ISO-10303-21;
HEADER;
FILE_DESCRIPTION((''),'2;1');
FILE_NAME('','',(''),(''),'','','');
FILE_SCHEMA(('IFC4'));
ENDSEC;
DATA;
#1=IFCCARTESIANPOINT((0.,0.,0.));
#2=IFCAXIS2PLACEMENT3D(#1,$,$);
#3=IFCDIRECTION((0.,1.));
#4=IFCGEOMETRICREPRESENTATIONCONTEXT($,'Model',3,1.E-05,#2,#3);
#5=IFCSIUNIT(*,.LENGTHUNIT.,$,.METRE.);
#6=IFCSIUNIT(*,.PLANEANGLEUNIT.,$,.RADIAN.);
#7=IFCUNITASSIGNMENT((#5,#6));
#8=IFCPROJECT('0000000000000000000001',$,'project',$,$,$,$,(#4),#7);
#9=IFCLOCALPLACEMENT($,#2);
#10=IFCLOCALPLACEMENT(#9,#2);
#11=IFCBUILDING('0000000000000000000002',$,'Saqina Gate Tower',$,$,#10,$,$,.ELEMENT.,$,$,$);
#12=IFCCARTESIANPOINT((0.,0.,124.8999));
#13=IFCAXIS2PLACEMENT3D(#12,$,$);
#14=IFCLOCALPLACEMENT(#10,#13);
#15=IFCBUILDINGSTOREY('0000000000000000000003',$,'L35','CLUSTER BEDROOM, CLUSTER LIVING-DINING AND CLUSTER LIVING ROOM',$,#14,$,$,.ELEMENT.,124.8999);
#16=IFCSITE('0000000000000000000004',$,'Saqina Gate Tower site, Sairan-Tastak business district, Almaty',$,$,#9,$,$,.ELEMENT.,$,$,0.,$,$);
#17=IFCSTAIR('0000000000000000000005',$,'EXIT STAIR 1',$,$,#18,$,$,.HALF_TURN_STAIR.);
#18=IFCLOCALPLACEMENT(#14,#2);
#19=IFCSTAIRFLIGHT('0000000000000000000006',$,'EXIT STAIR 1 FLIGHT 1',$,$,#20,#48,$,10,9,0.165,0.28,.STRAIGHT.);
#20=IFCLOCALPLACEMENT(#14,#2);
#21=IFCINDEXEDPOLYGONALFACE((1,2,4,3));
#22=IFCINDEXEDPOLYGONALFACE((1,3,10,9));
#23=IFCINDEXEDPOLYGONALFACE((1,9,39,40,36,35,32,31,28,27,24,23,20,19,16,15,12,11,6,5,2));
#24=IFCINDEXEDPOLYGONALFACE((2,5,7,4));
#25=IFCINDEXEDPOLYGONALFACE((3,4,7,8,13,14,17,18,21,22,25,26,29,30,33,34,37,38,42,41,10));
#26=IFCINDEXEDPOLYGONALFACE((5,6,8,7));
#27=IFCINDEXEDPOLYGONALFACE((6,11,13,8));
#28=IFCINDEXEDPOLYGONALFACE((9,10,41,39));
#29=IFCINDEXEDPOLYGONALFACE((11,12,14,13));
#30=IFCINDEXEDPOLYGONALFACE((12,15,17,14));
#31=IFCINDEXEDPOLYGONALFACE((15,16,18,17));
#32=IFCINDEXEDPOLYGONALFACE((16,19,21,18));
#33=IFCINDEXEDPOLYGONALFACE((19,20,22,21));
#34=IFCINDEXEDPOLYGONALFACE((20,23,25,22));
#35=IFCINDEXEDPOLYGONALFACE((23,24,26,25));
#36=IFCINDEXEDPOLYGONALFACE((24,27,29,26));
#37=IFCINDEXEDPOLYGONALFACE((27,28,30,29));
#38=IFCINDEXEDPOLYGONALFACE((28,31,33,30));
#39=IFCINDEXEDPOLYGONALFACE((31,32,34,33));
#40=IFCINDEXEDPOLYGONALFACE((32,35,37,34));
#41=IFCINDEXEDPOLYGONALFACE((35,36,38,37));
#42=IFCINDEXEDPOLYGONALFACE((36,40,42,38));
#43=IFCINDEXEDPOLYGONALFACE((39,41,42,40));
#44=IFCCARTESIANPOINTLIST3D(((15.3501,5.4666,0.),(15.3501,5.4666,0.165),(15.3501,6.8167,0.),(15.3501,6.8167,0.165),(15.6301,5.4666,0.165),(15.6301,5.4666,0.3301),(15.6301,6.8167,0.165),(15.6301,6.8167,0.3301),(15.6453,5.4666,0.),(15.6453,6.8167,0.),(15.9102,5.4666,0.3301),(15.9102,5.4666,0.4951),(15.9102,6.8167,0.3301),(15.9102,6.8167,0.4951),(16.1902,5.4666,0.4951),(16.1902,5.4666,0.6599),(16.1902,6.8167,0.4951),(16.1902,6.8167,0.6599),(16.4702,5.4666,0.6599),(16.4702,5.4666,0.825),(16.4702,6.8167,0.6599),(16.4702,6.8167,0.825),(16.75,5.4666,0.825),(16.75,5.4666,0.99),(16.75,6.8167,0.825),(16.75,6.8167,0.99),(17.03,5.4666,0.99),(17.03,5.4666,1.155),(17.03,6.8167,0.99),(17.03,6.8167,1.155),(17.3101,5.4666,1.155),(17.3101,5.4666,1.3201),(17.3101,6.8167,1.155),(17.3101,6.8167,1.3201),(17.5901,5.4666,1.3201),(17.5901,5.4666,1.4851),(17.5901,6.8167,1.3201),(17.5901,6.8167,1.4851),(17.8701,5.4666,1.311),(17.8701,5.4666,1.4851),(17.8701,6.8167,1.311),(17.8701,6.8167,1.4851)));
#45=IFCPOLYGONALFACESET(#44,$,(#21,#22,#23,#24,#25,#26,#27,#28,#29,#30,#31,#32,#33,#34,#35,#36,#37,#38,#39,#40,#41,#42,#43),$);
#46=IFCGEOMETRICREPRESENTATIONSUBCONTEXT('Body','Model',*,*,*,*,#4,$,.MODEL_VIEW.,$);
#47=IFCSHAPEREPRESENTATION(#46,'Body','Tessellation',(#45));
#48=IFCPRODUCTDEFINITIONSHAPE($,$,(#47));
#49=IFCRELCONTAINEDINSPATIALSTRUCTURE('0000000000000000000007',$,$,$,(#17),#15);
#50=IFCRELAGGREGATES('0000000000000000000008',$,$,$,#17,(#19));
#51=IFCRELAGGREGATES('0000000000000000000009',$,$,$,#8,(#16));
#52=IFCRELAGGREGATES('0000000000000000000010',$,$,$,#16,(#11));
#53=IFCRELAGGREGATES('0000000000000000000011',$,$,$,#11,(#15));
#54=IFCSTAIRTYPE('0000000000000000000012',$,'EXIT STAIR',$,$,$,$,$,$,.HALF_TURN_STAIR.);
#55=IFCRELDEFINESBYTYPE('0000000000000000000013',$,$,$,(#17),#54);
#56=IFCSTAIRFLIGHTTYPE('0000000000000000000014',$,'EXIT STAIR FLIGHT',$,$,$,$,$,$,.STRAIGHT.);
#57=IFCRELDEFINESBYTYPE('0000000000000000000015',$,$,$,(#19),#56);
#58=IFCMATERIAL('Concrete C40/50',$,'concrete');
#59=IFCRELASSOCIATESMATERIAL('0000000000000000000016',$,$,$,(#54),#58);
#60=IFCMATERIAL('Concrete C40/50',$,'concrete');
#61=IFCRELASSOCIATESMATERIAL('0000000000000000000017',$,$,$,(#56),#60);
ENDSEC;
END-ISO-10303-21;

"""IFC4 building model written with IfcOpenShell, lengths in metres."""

from ifc_helpers import new_model, si_unit, direction, frame, origin, place, context, subcontext, project, spatial, polyline, outline, extrude, material, type_object, element, aggregate, save


model = new_model("IFC4")

# Units and contexts
model_context = context("Model", 3, precision=1e-05, world=origin(), true_north=direction((0.0, 1.0)))
body_context = subcontext(model_context, "Body", "Model", "MODEL_VIEW")
ifc_project = project(units=[si_unit("LENGTHUNIT", "METRE"), si_unit("PLANEANGLEUNIT", "RADIAN")], contexts=[model_context])

# Site, building, storey
site_placement = place(None, origin())
site = spatial("IfcSite", under=ifc_project, at=site_placement, Name="Saqina Gate Tower site, Sairan-Tastak business district, Almaty", CompositionType="ELEMENT", RefElevation=0.0)
building_placement = place(site_placement, origin())
building = spatial("IfcBuilding", under=site, at=building_placement, Name="Saqina Gate Tower", CompositionType="ELEMENT")
storey_placement = place(building_placement, frame((0.0, 0.0, 124.8999)))
storey = spatial("IfcBuildingStorey", under=building, at=storey_placement, Name="L35", Description="CLUSTER BEDROOM, CLUSTER LIVING-DINING AND CLUSTER LIVING ROOM", CompositionType="ELEMENT", Elevation=124.8999)

# Stair, stair flight
ifc_material_1 = material(Name="Concrete C40/50", Category="concrete")
stair_type = type_object("IfcStairType", Name="EXIT STAIR", PredefinedType="HALF_TURN_STAIR", material=ifc_material_1)
stair_placement = place(storey_placement, origin())
stair = element("IfcStair", 1, at=stair_placement, inside=storey, type_object=stair_type, Name="EXIT STAIR 1", PredefinedType="HALF_TURN_STAIR")
ifc_material_2 = material(Name="Concrete C40/50", Category="concrete")
stair_flight_type = type_object("IfcStairFlightType", Name="EXIT STAIR FLIGHT", PredefinedType="STRAIGHT", material=ifc_material_2)
stair_flight_placement = place(storey_placement, frame((15.3501, 6.1416, 0.0), z_axis=(0.0, 0.0, 1.0), x_axis=(1.0, 0.0, 0.0)))
stair_flight = element("IfcStairFlight", 2, at=stair_flight_placement, type_object=stair_flight_type, Name="EXIT STAIR 1 FLIGHT 1", NumberOfRisers=10, NumberOfTreads=9, PredefinedType="STRAIGHT", RiserHeight=0.165, TreadLength=0.28, context=body_context, shape_type="SweptSolid", body=[
    extrude(outline(polyline([(0.0, 0.0), (0.0, 0.165), (0.28, 0.165), (0.28, 0.3301), (0.5601, 0.3301), (0.5601, 0.4951), (0.8401, 0.4951), (0.8401, 0.6599), (1.1201, 0.6599), (1.1201, 0.825), (1.3999, 0.825), (1.3999, 0.99), (1.6799, 0.99), (1.6799, 1.155), (1.96, 1.155), (1.96, 1.3201), (2.24, 1.3201), (2.24, 1.4851), (2.52, 1.4851), (2.52, 1.6499), (2.52, 1.311), (0.2952, 0.0), (0.0, 0.0)])), frame((0.0, 0.675, 0.0), z_axis=(0.0, -1.0, 0.0), x_axis=(1.0, 0.0, 0.0)), (0.0, 0.0, 1.0), 1.3501),
])
aggregate(stair, [stair_flight])

save(model, "model.ifc")
